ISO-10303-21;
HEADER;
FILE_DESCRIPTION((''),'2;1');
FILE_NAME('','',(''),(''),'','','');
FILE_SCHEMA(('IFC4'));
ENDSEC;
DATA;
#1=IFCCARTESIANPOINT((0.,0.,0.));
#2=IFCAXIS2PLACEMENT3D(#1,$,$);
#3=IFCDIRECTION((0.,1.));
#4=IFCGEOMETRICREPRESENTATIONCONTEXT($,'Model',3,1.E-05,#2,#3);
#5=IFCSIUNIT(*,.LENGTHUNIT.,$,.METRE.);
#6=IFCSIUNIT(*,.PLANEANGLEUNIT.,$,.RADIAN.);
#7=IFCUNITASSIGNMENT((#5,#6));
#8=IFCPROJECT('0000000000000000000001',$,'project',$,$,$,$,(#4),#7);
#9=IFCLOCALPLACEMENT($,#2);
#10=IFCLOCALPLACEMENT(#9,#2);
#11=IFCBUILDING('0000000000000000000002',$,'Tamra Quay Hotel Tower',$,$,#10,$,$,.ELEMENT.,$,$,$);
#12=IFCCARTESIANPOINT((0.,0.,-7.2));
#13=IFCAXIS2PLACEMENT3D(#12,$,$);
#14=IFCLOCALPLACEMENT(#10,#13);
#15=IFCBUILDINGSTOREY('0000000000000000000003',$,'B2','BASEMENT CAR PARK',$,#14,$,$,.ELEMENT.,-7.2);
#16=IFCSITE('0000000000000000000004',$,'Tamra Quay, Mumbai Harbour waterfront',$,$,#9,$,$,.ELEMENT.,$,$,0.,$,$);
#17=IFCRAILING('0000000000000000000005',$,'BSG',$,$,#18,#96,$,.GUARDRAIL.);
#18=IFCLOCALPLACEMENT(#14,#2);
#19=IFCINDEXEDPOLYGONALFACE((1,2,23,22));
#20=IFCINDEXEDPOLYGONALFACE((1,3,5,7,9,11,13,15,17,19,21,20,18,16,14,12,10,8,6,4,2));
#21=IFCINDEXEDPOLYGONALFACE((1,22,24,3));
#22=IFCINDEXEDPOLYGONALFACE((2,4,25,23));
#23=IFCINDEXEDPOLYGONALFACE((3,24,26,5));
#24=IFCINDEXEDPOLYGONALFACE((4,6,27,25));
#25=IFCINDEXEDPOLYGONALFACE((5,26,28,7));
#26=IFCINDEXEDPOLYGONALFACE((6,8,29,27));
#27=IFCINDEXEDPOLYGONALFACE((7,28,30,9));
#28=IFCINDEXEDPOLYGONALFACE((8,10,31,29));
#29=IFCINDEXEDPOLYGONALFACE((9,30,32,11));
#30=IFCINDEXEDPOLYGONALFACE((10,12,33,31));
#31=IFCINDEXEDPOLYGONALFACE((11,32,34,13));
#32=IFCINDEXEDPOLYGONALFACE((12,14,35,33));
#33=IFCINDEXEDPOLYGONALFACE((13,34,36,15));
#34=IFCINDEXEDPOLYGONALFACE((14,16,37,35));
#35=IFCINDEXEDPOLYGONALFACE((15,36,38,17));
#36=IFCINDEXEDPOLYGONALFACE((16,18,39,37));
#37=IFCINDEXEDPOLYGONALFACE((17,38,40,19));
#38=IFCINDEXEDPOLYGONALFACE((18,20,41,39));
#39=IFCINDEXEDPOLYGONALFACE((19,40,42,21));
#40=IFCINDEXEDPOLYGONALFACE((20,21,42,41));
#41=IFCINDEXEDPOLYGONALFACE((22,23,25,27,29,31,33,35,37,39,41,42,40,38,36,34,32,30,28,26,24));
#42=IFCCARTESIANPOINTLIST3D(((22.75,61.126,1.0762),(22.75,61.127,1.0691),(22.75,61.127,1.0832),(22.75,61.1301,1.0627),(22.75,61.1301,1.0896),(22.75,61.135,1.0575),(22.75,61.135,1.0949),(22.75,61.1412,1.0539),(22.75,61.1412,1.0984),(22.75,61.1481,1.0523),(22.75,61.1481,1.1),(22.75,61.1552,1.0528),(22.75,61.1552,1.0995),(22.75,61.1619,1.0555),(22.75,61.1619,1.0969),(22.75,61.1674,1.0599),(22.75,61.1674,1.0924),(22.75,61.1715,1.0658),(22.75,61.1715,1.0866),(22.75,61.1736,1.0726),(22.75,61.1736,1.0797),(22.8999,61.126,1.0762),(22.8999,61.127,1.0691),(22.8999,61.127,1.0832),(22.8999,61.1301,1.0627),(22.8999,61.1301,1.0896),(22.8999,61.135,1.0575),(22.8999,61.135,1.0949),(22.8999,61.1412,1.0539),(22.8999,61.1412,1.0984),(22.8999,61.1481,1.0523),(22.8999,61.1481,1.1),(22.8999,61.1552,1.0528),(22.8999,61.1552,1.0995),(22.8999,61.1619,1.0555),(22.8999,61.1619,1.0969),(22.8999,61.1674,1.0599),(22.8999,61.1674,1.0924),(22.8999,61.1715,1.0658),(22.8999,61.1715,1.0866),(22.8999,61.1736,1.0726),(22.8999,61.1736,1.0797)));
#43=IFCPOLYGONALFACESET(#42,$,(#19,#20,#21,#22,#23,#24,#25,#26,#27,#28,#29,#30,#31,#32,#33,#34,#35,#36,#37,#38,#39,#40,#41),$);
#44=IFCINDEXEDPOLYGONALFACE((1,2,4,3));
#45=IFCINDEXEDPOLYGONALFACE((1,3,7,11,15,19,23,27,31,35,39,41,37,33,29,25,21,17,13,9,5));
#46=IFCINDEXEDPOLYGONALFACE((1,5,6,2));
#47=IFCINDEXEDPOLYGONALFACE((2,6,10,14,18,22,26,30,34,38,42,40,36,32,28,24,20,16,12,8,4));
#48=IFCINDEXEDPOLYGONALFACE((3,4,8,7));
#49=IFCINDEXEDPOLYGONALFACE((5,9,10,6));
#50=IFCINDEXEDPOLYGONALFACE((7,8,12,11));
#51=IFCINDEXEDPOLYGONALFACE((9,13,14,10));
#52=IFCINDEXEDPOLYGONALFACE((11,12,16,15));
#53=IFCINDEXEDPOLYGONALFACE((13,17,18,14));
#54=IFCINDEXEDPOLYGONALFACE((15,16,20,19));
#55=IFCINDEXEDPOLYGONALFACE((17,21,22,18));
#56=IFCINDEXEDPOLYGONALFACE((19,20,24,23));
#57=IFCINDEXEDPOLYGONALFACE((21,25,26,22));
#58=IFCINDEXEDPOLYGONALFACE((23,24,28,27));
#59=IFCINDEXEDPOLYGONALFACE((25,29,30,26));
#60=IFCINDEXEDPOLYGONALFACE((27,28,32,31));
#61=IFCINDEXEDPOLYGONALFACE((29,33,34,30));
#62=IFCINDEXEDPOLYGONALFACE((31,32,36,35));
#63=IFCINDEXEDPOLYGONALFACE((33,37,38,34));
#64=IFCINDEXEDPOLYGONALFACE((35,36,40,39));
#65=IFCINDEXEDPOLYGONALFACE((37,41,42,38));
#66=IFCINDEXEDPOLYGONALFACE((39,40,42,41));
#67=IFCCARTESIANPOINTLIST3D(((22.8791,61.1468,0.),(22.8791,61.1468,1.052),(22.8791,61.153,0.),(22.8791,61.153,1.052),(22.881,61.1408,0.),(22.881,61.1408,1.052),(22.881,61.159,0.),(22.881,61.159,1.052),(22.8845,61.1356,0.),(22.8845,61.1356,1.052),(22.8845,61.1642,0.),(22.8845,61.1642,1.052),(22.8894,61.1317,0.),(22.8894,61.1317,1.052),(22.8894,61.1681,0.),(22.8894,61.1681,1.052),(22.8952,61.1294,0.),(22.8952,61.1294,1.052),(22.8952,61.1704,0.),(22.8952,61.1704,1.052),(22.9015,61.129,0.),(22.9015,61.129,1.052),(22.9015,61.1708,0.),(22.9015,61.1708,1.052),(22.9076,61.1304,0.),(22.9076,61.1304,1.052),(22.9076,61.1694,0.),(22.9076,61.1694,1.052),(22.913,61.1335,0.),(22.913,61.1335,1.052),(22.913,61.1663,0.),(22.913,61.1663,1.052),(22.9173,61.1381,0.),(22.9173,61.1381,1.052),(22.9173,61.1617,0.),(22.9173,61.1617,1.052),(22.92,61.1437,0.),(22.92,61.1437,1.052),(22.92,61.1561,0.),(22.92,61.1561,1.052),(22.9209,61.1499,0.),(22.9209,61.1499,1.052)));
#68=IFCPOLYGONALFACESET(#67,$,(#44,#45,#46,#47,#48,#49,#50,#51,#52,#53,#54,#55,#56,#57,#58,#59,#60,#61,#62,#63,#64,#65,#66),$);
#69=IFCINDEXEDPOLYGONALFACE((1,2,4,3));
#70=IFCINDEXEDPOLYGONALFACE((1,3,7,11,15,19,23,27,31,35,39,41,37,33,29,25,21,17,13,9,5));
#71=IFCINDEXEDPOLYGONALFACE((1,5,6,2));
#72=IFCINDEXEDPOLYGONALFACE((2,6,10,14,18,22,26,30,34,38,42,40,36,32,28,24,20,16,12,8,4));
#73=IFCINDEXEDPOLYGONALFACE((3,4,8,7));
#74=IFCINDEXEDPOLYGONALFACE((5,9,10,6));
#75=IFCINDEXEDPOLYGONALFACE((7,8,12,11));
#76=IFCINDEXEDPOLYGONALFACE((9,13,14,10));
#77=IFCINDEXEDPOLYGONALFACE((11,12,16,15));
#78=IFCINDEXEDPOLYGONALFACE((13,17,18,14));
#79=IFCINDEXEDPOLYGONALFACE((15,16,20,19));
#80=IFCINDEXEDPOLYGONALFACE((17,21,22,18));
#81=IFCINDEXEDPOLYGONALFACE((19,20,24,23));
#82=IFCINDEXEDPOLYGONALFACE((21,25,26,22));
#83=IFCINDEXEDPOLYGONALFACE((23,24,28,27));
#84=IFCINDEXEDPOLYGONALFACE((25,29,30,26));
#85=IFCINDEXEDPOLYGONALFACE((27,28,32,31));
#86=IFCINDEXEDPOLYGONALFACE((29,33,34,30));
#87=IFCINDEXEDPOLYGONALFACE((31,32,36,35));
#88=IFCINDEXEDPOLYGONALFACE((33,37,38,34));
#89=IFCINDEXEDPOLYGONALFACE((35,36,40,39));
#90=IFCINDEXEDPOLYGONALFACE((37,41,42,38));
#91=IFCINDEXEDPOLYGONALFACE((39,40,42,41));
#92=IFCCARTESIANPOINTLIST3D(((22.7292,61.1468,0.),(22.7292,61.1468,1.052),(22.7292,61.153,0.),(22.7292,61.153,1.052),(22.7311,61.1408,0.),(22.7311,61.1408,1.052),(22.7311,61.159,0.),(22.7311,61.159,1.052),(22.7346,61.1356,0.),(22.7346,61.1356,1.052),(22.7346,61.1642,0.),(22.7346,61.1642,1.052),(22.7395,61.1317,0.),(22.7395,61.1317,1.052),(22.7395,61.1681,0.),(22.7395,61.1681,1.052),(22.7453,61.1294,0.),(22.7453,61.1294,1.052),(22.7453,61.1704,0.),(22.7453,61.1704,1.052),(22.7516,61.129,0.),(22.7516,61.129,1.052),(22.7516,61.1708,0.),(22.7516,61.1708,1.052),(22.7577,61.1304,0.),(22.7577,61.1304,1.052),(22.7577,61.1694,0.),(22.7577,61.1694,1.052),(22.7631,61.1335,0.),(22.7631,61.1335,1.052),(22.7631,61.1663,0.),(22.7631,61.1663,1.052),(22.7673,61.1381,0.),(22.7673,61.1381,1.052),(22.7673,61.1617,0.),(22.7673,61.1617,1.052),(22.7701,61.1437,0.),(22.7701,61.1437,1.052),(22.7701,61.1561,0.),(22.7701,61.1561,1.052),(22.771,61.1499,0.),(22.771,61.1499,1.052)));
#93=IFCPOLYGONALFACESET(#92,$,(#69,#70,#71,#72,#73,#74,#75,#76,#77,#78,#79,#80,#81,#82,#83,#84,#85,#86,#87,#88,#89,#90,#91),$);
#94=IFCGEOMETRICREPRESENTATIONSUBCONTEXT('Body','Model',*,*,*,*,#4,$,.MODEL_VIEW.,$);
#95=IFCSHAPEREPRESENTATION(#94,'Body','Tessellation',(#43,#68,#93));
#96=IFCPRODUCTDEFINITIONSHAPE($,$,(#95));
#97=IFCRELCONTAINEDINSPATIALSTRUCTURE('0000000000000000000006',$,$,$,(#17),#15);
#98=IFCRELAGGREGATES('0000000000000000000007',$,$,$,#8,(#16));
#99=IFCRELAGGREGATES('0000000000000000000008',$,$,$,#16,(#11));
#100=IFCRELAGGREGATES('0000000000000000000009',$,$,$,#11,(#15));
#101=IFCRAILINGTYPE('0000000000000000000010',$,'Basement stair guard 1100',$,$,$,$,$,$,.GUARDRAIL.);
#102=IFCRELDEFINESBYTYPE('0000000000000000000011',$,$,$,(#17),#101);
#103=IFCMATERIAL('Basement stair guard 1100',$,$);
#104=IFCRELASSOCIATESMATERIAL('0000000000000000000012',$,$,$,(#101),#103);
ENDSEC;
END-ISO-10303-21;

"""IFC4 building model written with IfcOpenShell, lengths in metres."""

from ifc_helpers import new_model, si_unit, direction, frame, origin, origin_2d, place, context, subcontext, project, spatial, circle, extrude, material, type_object, element, save


model = new_model("IFC4")

# Units and contexts
model_context = context("Model", 3, precision=1e-05, world=origin(), true_north=direction((0.0, 1.0)))
body_context = subcontext(model_context, "Body", "Model", "MODEL_VIEW")
ifc_project = project(units=[si_unit("LENGTHUNIT", "METRE"), si_unit("PLANEANGLEUNIT", "RADIAN")], contexts=[model_context])

# Site, building, storey
site_placement = place(None, origin())
site = spatial("IfcSite", under=ifc_project, at=site_placement, Name="Tamra Quay, Mumbai Harbour waterfront", CompositionType="ELEMENT", RefElevation=0.0)
building_placement = place(site_placement, origin())
building = spatial("IfcBuilding", under=site, at=building_placement, Name="Tamra Quay Hotel Tower", CompositionType="ELEMENT")
storey_placement = place(building_placement, frame((0.0, 0.0, -7.2)))
storey = spatial("IfcBuildingStorey", under=building, at=storey_placement, Name="B2", Description="BASEMENT CAR PARK", CompositionType="ELEMENT", Elevation=-7.2)

# Railing
ifc_material_1 = material(Name="Basement stair guard 1100")
railing_type_1 = type_object("IfcRailingType", Name="Basement stair guard 1100", PredefinedType="GUARDRAIL", material=ifc_material_1)
railing_1_placement = place(storey_placement, frame((22.8999, 61.1499, 0.0)))
element("IfcRailing", 1, at=railing_1_placement, inside=storey, type_object=railing_type_1, Name="BSG", PredefinedType="GUARDRAIL", context=body_context, shape_type="SweptSolid", body=[
    extrude(circle(Radius=0.0239, at=origin_2d()), frame((0.0, 0.0, 1.0762), z_axis=(-1.0, 0.0, 0.0), x_axis=(0.0, -1.0, 0.0)), (0.0, 0.0, 1.0), 0.1499),
    extrude(circle(Radius=0.021, at=origin_2d()), origin(), (0.0, 0.0, 1.0), 1.052),
    extrude(circle(Radius=0.021, at=origin_2d()), frame((-0.1499, 0.0, 0.0)), (0.0, 0.0, 1.0), 1.052),
])

save(model, "model.ifc")
